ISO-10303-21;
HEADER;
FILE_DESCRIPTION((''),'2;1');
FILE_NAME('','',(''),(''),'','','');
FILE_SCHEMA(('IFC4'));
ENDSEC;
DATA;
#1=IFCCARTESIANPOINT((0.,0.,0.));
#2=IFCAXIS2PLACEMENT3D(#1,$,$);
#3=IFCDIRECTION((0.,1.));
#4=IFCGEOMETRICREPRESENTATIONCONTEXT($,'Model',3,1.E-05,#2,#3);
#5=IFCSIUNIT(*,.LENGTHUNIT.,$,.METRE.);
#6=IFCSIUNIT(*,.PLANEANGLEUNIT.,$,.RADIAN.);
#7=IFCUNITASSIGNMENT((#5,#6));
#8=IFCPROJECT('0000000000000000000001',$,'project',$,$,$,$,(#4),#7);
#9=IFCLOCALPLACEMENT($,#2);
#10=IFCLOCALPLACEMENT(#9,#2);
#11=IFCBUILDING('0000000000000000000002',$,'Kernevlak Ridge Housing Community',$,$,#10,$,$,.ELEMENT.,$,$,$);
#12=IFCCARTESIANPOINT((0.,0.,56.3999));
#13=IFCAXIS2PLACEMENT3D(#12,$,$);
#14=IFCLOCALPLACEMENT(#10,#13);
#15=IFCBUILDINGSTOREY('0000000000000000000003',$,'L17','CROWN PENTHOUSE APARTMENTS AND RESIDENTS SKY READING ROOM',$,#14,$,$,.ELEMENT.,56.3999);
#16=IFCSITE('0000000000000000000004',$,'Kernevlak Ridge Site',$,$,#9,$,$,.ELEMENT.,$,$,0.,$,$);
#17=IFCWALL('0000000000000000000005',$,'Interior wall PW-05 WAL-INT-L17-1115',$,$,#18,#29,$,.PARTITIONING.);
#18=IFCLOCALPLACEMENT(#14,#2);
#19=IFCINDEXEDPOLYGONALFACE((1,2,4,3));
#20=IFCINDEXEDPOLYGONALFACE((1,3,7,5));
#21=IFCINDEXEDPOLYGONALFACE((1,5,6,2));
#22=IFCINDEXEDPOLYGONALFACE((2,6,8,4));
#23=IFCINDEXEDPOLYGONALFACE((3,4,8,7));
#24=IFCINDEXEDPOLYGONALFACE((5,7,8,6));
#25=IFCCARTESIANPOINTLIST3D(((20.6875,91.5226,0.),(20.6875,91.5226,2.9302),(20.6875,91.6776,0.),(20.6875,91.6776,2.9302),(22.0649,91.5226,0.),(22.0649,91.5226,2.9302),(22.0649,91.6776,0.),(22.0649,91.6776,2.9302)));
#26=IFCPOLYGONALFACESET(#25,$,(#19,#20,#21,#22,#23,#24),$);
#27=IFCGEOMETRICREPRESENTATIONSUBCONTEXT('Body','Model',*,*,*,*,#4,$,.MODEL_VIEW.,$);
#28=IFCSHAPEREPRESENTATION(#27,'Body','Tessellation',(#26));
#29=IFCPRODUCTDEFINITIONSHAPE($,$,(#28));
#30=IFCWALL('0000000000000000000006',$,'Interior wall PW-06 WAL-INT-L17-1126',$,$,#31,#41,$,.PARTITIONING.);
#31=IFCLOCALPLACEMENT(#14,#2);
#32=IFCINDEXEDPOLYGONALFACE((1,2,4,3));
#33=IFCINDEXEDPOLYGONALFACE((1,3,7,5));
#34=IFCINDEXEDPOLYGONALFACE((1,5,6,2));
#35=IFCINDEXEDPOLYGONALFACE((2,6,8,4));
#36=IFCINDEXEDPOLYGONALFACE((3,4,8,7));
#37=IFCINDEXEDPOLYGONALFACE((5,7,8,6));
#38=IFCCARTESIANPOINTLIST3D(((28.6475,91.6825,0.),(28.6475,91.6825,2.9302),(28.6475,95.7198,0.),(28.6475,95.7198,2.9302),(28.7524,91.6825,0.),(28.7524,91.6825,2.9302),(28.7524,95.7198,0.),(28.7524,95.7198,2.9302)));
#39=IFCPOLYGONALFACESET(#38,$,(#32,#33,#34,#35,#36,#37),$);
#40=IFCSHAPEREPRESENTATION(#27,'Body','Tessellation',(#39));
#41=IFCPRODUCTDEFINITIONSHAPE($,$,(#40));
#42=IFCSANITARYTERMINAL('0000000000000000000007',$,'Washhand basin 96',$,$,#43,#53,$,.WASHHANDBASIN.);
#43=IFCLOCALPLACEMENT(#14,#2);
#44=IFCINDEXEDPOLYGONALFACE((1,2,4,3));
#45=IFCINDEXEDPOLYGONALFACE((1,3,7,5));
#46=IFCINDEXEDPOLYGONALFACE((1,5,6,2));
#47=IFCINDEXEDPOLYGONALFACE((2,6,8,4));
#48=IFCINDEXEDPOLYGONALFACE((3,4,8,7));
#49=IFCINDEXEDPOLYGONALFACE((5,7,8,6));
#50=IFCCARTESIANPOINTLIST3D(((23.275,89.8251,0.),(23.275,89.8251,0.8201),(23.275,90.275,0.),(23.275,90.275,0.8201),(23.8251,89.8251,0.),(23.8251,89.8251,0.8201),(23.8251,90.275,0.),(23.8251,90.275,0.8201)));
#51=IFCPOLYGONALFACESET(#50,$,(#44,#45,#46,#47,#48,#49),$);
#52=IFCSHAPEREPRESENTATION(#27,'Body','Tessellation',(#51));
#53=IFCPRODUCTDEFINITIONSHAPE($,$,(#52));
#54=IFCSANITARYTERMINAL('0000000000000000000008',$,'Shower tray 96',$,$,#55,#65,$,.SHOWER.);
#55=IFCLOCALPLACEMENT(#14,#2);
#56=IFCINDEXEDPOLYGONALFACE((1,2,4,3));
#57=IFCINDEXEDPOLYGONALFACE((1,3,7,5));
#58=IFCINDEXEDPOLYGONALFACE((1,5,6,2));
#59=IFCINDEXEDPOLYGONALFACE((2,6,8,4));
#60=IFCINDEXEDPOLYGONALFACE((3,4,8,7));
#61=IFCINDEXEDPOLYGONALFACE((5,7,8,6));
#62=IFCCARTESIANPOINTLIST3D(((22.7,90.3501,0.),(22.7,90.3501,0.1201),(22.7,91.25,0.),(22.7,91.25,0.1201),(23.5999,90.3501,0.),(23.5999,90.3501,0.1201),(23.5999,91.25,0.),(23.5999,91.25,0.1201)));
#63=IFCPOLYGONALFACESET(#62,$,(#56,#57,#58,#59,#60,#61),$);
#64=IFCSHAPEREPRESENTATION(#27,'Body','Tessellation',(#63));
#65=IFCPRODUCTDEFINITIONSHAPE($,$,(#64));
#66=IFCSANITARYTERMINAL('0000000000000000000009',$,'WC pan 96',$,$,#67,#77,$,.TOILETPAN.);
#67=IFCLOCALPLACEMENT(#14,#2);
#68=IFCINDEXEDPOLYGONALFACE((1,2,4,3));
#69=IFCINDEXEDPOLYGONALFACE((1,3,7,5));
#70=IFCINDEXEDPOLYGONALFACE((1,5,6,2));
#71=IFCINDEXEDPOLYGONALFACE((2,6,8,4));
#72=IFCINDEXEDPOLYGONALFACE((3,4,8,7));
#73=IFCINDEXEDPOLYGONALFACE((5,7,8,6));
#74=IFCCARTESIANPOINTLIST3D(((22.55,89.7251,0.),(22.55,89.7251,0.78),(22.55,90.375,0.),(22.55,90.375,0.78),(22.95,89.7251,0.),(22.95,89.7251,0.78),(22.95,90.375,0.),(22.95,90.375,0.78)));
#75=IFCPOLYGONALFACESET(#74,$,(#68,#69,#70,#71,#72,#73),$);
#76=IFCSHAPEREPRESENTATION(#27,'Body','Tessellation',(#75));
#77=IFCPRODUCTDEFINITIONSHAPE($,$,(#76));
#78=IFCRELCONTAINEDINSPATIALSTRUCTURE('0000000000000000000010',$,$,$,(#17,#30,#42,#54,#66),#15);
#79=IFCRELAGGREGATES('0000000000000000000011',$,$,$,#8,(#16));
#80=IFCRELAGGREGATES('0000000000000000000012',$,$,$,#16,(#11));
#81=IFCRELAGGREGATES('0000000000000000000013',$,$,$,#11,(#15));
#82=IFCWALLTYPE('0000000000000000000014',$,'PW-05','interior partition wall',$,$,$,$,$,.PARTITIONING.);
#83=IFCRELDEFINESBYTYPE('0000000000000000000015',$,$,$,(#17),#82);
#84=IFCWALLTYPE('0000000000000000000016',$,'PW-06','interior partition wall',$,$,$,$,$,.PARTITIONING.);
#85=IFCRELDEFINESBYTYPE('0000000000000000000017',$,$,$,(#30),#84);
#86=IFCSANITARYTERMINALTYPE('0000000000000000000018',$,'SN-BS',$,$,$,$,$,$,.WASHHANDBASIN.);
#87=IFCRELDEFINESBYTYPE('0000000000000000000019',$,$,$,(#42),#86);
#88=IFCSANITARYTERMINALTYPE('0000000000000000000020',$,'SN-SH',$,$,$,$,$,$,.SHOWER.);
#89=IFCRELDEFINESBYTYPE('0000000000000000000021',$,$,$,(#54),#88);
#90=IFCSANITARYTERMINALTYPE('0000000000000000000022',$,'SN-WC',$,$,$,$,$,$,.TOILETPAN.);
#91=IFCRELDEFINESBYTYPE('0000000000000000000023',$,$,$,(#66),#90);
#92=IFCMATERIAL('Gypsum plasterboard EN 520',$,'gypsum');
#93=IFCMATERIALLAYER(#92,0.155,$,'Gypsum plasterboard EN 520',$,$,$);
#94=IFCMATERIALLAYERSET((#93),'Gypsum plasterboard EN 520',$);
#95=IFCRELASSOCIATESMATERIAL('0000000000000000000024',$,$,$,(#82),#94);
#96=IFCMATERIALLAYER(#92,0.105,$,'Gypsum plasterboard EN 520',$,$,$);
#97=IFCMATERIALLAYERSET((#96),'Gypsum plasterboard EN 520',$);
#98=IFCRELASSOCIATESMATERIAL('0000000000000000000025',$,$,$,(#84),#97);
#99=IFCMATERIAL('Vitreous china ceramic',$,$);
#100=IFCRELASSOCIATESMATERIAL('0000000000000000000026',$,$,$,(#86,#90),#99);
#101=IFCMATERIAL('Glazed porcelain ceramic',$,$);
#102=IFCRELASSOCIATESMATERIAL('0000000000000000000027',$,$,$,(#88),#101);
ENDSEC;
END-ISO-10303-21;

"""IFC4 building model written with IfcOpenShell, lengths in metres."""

from ifc_helpers import new_model, si_unit, direction, frame, frame_2d, origin, origin_2d, place, context, subcontext, project, spatial, rectangle, extrude, material, layer, layer_set, type_object, element, save


model = new_model("IFC4")

# Units and contexts
model_context = context("Model", 3, precision=1e-05, world=origin(), true_north=direction((0.0, 1.0)))
body_context = subcontext(model_context, "Body", "Model", "MODEL_VIEW")
ifc_project = project(units=[si_unit("LENGTHUNIT", "METRE"), si_unit("PLANEANGLEUNIT", "RADIAN")], contexts=[model_context])

# Site, building, storey
site_placement = place(None, origin())
site = spatial("IfcSite", under=ifc_project, at=site_placement, Name="Kernevlak Ridge Site", CompositionType="ELEMENT", RefElevation=0.0)
building_placement = place(site_placement, origin())
building = spatial("IfcBuilding", under=site, at=building_placement, Name="Kernevlak Ridge Housing Community", CompositionType="ELEMENT")
storey_placement = place(building_placement, frame((0.0, 0.0, 56.3999)))
storey = spatial("IfcBuildingStorey", under=building, at=storey_placement, Name="L17", Description="CROWN PENTHOUSE APARTMENTS AND RESIDENTS SKY READING ROOM", CompositionType="ELEMENT", Elevation=56.3999)

# Walls
ifc_material_1 = material(Name="Gypsum plasterboard EN 520", Category="gypsum")
ifc_layer_1 = layer(ifc_material_1, 0.155, Name="Gypsum plasterboard EN 520")
ifc_layer_set_1 = layer_set([ifc_layer_1], Name="Gypsum plasterboard EN 520")
wall_type_1 = type_object("IfcWallType", Name="PW-05", Description="interior partition wall", PredefinedType="PARTITIONING", material=ifc_layer_set_1)
wall_1_placement = place(storey_placement, frame((20.6875, 91.6001, 0.0), z_axis=(0.0, 0.0, 1.0), x_axis=(1.0, 0.0, 0.0)))
element("IfcWall", 1, at=wall_1_placement, inside=storey, type_object=wall_type_1, Name="Interior wall PW-05 WAL-INT-L17-1115", PredefinedType="PARTITIONING", context=body_context, shape_type="SweptSolid", body=[
    extrude(rectangle(XDim=1.3774, YDim=0.155, at=frame_2d((0.6887, 0.0))), origin(), (0.0, 0.0, 1.0), 2.9302),
])
ifc_layer_2 = layer(ifc_material_1, 0.105, Name="Gypsum plasterboard EN 520")
ifc_layer_set_2 = layer_set([ifc_layer_2], Name="Gypsum plasterboard EN 520")
wall_type_2 = type_object("IfcWallType", Name="PW-06", Description="interior partition wall", PredefinedType="PARTITIONING", material=ifc_layer_set_2)
wall_2_placement = place(storey_placement, frame((28.7, 91.6826, 0.0), z_axis=(0.0, 0.0, 1.0), x_axis=(0.0, 1.0, 0.0)))
element("IfcWall", 2, at=wall_2_placement, inside=storey, type_object=wall_type_2, Name="Interior wall PW-06 WAL-INT-L17-1126", PredefinedType="PARTITIONING", context=body_context, shape_type="SweptSolid", body=[
    extrude(rectangle(XDim=4.0374, YDim=0.105, at=frame_2d((2.0186, 0.0))), origin(), (0.0, 0.0, 1.0), 2.9302),
])

# Sanitary terminals
ifc_material_2 = material(Name="Vitreous china ceramic")
sanitary_terminal_type_1 = type_object("IfcSanitaryTerminalType", Name="SN-BS", PredefinedType="WASHHANDBASIN", material=ifc_material_2)
sanitary_terminal_1_placement = place(storey_placement, frame((23.55, 90.05, 0.0), z_axis=(0.0, 0.0, 1.0), x_axis=(1.0, 0.0, 0.0)))
element("IfcSanitaryTerminal", 3, at=sanitary_terminal_1_placement, inside=storey, type_object=sanitary_terminal_type_1, Name="Washhand basin 96", PredefinedType="WASHHANDBASIN", context=body_context, shape_type="SweptSolid", body=[
    extrude(rectangle(XDim=0.55, YDim=0.45, at=origin_2d()), origin(), (0.0, 0.0, 1.0), 0.8201),
])
ifc_material_3 = material(Name="Glazed porcelain ceramic")
sanitary_terminal_type_2 = type_object("IfcSanitaryTerminalType", Name="SN-SH", PredefinedType="SHOWER", material=ifc_material_3)
sanitary_terminal_2_placement = place(storey_placement, frame((23.1499, 90.8, 0.0), z_axis=(0.0, 0.0, 1.0), x_axis=(1.0, 0.0, 0.0)))
element("IfcSanitaryTerminal", 4, at=sanitary_terminal_2_placement, inside=storey, type_object=sanitary_terminal_type_2, Name="Shower tray 96", PredefinedType="SHOWER", context=body_context, shape_type="SweptSolid", body=[
    extrude(rectangle(XDim=0.8999, YDim=0.8999, at=origin_2d()), origin(), (0.0, 0.0, 1.0), 0.1201),
])
sanitary_terminal_type_3 = type_object("IfcSanitaryTerminalType", Name="SN-WC", PredefinedType="TOILETPAN", material=ifc_material_2)
sanitary_terminal_3_placement = place(storey_placement, frame((22.75, 90.05, 0.0), z_axis=(0.0, 0.0, 1.0), x_axis=(1.0, 0.0, 0.0)))
element("IfcSanitaryTerminal", 5, at=sanitary_terminal_3_placement, inside=storey, type_object=sanitary_terminal_type_3, Name="WC pan 96", PredefinedType="TOILETPAN", context=body_context, shape_type="SweptSolid", body=[
    extrude(rectangle(XDim=0.3999, YDim=0.6499, at=origin_2d()), origin(), (0.0, 0.0, 1.0), 0.78),
])

save(model, "model.ifc")
